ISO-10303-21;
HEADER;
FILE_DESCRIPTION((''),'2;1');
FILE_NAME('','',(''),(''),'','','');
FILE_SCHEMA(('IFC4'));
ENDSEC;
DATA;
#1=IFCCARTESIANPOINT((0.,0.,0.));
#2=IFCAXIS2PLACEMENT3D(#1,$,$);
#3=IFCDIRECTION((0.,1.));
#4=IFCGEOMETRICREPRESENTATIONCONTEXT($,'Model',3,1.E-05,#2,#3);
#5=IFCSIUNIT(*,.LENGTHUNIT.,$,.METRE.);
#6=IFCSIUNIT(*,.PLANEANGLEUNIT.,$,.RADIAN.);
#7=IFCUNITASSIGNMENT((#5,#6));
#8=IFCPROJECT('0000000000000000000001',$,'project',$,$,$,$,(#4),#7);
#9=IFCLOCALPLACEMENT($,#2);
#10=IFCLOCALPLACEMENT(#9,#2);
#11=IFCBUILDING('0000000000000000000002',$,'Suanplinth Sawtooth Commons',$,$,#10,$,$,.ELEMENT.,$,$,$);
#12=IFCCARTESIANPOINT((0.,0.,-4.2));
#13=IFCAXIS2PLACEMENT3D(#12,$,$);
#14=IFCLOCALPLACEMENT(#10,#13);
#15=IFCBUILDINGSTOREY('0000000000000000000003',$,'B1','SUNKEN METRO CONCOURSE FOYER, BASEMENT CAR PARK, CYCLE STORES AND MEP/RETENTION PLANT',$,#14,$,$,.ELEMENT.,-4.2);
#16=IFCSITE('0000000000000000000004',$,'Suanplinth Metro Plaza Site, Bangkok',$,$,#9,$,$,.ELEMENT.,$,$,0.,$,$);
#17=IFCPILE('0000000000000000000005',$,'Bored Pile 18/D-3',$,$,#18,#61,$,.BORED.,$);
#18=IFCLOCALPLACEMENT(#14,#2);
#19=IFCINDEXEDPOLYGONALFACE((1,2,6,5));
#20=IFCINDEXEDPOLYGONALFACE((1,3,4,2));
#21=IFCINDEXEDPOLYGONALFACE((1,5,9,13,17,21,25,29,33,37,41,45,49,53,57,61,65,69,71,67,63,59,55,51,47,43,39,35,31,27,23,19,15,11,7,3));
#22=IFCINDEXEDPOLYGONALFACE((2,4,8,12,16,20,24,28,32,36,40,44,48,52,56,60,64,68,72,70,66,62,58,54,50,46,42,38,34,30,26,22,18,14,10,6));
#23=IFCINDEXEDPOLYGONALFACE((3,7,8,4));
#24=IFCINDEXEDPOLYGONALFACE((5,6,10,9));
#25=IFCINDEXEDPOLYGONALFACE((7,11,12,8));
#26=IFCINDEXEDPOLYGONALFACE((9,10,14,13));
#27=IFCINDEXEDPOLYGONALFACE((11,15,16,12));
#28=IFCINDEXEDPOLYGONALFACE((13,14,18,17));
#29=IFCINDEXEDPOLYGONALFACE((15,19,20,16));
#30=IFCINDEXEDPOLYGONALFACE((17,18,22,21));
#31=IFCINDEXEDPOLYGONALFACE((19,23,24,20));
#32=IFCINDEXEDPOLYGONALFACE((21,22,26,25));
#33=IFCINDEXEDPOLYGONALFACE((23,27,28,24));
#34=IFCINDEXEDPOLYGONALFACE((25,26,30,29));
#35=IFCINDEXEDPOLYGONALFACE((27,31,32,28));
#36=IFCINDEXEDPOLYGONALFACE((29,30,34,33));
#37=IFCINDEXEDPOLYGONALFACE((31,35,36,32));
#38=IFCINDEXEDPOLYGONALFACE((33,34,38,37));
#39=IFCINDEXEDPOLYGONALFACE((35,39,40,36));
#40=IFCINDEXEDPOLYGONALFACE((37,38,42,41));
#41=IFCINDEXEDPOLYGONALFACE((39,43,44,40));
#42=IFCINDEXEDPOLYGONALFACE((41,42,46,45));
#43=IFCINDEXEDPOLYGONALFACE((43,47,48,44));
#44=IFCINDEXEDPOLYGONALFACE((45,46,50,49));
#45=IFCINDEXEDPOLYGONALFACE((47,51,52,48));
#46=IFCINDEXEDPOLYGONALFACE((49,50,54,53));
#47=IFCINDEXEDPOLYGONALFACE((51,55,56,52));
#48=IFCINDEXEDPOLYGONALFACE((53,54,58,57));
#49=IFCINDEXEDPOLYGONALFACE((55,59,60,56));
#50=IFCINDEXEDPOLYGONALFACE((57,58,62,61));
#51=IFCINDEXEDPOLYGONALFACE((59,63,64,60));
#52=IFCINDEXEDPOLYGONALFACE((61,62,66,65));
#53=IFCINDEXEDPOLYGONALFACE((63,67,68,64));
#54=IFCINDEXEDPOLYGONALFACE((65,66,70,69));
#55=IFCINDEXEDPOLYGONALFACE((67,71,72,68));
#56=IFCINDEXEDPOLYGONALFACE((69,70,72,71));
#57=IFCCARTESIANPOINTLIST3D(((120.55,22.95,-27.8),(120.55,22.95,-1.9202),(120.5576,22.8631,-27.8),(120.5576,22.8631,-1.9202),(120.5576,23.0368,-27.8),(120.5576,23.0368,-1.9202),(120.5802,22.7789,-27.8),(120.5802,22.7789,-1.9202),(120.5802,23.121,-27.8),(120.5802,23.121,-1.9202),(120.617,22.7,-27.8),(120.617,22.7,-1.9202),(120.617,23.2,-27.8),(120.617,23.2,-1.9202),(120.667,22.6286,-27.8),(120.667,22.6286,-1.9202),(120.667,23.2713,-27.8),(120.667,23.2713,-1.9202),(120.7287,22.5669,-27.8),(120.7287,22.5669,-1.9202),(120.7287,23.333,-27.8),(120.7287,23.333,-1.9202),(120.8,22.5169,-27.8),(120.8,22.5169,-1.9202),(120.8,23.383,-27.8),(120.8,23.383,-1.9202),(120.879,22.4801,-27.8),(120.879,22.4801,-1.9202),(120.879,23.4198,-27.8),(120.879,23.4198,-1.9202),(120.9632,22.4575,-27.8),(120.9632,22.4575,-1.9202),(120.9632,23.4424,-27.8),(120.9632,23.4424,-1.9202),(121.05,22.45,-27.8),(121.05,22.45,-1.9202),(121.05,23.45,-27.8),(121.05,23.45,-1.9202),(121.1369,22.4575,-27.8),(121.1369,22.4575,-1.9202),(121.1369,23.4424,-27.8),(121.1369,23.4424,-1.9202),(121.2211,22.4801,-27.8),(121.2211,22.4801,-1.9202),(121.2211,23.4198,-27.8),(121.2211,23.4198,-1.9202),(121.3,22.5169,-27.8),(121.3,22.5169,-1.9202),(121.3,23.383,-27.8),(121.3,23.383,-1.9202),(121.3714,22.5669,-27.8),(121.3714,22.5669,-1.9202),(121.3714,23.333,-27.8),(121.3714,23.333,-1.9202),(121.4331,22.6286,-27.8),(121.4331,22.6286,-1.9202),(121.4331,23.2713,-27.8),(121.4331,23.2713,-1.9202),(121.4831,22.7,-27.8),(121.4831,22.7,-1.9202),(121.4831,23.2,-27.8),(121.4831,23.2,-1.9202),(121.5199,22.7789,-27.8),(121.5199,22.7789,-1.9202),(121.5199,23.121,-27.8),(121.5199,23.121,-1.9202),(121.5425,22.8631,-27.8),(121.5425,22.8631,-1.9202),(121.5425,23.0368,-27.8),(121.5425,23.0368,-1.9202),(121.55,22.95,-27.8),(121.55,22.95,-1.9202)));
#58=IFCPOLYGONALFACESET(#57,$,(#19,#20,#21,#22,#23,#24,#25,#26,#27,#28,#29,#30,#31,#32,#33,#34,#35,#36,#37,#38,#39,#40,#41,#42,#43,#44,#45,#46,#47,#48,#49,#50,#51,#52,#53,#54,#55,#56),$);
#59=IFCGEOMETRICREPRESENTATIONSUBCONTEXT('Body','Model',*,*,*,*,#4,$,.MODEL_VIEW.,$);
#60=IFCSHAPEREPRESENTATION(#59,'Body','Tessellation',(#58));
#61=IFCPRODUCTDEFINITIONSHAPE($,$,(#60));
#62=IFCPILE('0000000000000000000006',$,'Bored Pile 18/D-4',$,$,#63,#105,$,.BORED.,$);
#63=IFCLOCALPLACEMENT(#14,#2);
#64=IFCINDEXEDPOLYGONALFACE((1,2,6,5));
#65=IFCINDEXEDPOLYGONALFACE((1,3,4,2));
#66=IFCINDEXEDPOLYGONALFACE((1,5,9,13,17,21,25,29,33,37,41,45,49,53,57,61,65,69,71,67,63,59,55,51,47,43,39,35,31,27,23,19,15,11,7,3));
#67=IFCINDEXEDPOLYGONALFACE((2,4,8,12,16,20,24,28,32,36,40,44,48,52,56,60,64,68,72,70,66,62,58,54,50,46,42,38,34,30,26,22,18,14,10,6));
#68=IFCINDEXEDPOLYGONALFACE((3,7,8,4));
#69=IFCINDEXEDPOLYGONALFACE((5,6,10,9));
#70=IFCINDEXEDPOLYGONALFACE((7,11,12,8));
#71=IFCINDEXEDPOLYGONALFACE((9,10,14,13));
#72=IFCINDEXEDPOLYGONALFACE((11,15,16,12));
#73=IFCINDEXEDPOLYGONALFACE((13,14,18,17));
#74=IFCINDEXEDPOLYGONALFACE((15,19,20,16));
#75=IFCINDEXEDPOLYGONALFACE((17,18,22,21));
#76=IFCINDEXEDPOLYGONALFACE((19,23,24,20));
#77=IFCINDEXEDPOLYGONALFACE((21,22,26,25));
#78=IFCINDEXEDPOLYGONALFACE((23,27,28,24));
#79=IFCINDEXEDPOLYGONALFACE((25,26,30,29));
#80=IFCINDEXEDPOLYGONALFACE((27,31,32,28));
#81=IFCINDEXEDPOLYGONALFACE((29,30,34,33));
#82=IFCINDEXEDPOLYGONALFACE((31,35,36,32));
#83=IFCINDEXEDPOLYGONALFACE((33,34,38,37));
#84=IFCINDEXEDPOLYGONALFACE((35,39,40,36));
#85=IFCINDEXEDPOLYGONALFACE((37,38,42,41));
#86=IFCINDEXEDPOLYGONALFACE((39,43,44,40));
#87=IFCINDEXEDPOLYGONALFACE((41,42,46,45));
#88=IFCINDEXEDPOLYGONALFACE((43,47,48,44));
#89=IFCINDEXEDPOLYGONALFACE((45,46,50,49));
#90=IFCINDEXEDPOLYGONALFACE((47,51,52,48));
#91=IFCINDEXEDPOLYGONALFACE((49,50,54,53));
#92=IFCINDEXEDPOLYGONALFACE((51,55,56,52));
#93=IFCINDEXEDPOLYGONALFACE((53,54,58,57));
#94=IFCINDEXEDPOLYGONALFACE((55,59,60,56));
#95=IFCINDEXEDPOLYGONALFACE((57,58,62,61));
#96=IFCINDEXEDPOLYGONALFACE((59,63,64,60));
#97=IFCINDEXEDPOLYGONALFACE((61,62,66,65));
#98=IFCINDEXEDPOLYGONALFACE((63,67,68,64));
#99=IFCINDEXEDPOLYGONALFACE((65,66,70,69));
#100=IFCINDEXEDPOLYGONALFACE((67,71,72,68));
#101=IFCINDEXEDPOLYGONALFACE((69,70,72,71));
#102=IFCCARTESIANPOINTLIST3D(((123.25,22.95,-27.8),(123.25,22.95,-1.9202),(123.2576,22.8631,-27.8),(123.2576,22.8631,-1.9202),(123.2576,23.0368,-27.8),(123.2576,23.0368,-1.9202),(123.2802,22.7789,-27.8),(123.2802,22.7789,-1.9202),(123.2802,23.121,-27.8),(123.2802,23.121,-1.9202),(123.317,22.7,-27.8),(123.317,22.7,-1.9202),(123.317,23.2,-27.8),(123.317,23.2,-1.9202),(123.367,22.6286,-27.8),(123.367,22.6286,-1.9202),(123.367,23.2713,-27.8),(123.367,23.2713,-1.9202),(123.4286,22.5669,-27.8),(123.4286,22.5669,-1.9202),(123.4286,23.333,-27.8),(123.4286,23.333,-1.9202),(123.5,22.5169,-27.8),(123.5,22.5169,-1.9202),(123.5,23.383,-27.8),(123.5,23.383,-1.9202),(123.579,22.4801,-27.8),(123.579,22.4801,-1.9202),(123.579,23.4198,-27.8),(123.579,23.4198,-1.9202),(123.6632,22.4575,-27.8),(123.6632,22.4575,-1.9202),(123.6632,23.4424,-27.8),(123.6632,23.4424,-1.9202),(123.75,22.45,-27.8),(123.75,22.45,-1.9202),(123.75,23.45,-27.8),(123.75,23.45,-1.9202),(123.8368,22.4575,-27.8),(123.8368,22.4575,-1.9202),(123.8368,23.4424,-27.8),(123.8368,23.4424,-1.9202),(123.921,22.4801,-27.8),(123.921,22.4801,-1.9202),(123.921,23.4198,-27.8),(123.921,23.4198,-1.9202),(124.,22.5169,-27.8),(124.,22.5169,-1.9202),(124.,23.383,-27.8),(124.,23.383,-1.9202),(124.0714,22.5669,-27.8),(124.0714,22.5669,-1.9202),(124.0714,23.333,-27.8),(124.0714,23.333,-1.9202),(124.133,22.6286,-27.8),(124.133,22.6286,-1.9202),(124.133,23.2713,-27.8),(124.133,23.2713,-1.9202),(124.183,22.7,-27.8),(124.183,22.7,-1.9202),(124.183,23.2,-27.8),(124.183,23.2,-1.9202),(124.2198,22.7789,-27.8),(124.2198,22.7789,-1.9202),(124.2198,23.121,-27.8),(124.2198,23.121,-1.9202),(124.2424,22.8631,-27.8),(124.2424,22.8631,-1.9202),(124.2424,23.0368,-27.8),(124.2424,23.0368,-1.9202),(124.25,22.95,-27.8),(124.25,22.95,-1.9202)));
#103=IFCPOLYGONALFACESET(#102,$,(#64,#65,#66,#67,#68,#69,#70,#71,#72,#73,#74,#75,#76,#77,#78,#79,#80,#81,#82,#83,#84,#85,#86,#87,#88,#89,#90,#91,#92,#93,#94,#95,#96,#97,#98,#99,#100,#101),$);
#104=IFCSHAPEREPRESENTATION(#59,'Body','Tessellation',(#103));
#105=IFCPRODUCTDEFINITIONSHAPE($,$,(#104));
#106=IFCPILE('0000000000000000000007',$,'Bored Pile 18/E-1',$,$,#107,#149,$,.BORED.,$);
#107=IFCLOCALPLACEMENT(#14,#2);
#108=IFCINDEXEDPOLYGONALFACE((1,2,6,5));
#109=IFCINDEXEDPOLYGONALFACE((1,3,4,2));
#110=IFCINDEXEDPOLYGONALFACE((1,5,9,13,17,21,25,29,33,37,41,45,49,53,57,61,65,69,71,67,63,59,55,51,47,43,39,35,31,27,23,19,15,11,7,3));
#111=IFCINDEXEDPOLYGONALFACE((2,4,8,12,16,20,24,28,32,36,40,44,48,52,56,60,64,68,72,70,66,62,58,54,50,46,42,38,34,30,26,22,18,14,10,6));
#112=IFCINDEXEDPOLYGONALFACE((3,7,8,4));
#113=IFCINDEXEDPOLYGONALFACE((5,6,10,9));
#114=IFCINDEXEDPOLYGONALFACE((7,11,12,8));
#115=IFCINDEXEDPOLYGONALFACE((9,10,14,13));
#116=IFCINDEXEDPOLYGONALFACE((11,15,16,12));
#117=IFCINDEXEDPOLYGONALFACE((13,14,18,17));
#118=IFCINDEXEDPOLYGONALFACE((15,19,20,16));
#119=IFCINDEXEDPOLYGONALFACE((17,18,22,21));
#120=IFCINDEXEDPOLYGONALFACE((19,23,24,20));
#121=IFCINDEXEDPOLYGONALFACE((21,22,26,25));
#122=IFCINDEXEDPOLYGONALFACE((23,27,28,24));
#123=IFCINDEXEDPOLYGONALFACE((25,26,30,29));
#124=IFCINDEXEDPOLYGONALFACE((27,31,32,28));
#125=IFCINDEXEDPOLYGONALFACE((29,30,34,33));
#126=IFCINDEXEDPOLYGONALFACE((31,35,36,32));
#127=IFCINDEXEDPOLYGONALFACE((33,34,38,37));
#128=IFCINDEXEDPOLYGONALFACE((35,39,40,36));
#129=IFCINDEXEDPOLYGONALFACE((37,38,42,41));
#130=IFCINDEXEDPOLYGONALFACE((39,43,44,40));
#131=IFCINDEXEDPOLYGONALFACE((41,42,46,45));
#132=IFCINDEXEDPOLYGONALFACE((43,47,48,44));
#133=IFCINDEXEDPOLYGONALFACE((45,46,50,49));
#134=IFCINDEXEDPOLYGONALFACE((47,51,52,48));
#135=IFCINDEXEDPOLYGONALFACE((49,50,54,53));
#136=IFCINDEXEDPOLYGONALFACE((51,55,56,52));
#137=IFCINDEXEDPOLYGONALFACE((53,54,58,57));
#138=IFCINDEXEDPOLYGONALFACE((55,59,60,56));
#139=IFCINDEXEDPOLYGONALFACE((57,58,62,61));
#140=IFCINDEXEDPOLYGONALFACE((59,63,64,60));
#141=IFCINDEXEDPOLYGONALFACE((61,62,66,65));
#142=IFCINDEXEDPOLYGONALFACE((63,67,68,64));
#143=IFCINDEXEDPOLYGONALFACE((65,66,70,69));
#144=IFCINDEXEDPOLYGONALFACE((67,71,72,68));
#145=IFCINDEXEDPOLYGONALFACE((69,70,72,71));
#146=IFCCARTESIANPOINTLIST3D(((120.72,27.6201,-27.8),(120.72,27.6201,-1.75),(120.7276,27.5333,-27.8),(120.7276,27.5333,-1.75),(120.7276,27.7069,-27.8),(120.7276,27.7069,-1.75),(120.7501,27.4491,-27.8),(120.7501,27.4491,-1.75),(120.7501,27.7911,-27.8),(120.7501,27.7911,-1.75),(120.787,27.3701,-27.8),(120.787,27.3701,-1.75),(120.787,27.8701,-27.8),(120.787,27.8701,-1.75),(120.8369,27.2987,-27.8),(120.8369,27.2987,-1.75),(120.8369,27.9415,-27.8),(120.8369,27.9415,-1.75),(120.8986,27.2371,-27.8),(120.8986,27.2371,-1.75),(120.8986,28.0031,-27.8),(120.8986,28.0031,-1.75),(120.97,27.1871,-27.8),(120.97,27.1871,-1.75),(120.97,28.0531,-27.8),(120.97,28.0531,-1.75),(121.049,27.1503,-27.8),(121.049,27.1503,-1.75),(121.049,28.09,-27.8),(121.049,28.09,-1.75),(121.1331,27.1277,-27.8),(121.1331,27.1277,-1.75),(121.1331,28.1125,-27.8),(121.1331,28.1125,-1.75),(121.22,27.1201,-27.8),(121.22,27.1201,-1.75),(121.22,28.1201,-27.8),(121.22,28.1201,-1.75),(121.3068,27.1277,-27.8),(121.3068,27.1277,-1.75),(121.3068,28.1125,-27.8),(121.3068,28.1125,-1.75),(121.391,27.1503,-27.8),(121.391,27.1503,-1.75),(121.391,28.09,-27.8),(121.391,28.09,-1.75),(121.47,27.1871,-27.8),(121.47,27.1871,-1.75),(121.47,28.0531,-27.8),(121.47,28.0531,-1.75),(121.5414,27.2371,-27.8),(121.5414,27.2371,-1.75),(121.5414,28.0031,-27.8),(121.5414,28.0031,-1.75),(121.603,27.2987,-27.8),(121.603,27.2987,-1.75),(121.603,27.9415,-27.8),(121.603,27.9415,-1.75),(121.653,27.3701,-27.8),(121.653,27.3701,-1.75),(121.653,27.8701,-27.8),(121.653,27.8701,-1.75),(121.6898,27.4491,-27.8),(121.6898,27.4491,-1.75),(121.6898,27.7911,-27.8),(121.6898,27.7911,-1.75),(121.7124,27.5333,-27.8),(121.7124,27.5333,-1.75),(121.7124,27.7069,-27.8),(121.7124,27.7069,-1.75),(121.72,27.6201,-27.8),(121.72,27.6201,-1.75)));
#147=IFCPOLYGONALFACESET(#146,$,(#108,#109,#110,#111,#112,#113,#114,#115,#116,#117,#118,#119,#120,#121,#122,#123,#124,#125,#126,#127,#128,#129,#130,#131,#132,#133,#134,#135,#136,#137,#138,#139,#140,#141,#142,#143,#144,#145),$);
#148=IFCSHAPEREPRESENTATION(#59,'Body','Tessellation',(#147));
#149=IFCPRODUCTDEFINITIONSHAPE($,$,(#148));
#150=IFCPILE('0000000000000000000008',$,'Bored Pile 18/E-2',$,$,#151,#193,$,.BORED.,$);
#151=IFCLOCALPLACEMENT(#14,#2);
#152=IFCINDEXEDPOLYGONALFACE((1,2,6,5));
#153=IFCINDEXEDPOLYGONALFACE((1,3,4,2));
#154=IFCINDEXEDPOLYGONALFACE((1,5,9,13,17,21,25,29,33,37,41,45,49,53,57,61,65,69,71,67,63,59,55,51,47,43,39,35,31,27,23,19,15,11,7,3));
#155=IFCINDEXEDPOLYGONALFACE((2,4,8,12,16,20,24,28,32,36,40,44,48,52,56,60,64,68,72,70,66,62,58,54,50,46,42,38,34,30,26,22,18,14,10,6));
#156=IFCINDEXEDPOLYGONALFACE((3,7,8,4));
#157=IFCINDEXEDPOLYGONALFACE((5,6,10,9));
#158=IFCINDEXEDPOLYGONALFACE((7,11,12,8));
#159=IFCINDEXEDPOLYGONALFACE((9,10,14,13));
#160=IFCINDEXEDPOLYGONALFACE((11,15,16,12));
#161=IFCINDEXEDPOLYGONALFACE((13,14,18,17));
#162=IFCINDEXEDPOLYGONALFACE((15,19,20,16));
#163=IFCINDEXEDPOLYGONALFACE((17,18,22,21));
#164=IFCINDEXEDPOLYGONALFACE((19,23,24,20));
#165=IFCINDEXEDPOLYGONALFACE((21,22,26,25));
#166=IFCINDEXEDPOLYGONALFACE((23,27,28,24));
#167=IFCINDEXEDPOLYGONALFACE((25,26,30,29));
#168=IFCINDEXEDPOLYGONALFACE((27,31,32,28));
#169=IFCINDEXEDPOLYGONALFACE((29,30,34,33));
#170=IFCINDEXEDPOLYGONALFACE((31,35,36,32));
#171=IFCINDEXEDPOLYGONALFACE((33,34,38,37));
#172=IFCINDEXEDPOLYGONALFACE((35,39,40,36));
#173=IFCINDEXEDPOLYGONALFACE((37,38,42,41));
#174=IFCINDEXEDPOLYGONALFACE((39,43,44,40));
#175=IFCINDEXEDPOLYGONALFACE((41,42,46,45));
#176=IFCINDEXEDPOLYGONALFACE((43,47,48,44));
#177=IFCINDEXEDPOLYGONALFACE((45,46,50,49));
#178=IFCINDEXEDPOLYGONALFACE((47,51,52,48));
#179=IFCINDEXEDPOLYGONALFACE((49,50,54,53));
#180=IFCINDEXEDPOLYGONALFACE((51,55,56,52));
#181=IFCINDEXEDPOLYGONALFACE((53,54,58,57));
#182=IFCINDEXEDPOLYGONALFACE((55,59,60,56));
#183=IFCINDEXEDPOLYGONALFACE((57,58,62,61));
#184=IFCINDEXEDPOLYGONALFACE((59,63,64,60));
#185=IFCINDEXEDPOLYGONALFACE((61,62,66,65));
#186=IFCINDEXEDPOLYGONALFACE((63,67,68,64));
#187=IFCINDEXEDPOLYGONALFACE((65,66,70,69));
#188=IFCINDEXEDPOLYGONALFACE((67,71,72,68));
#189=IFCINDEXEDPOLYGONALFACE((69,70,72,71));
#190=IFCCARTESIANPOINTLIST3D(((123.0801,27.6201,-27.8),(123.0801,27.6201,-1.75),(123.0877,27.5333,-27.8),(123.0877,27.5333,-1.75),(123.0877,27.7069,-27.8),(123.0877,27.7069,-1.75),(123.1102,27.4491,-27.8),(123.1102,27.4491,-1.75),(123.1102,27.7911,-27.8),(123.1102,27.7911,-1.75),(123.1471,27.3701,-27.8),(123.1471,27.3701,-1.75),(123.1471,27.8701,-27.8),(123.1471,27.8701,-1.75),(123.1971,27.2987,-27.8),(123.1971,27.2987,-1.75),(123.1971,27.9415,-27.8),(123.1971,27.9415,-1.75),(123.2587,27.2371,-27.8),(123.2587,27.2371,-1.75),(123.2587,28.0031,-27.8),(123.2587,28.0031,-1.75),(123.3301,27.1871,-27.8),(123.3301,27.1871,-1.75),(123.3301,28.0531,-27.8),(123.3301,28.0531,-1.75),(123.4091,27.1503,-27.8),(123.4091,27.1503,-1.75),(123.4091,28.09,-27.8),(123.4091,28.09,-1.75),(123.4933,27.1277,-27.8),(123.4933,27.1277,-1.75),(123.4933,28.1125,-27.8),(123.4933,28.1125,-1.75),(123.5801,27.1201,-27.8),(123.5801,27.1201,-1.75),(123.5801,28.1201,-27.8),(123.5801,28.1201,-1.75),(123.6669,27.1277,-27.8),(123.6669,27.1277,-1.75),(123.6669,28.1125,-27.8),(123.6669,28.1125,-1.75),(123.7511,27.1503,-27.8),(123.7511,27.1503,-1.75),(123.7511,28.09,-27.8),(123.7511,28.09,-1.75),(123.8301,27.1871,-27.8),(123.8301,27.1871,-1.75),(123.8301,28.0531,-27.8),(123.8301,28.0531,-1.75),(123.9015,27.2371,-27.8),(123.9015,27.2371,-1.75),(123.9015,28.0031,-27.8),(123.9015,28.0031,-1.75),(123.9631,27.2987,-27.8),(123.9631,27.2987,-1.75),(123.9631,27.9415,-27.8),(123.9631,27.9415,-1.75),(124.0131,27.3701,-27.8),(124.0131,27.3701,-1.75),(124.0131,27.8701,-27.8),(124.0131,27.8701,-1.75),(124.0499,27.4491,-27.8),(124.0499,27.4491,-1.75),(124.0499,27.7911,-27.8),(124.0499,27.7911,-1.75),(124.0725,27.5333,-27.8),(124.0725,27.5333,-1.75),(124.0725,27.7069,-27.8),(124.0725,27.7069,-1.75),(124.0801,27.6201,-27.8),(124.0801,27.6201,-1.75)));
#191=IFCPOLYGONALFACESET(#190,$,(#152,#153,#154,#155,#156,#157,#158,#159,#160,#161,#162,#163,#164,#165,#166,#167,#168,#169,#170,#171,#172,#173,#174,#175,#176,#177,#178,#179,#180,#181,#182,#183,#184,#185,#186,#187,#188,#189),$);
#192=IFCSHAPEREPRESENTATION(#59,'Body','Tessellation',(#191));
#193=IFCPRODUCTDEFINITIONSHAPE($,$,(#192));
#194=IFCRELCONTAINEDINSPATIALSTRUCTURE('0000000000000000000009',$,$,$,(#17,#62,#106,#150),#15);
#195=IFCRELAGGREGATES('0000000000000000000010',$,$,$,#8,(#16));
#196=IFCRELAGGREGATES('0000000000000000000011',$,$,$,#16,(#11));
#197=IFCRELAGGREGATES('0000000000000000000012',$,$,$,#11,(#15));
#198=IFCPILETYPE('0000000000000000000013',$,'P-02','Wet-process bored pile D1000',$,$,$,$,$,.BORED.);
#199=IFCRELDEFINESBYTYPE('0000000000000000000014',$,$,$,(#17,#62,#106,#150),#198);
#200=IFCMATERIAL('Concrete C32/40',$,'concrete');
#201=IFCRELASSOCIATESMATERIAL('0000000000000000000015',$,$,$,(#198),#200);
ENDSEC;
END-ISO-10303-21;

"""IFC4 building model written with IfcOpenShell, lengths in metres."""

from ifc_helpers import new_model, si_unit, direction, frame, origin, origin_2d, place, context, subcontext, project, spatial, circle, extrude, material, material_profile, profile_set, type_object, element, save


model = new_model("IFC4")

# Units and contexts
model_context = context("Model", 3, precision=1e-05, world=origin(), true_north=direction((0.0, 1.0)))
body_context = subcontext(model_context, "Body", "Model", "MODEL_VIEW")
ifc_project = project(units=[si_unit("LENGTHUNIT", "METRE"), si_unit("PLANEANGLEUNIT", "RADIAN")], contexts=[model_context])

# Site, building, storey
site_placement = place(None, origin())
site = spatial("IfcSite", under=ifc_project, at=site_placement, Name="Suanplinth Metro Plaza Site, Bangkok", CompositionType="ELEMENT", RefElevation=0.0)
building_placement = place(site_placement, origin())
building = spatial("IfcBuilding", under=site, at=building_placement, Name="Suanplinth Sawtooth Commons", CompositionType="ELEMENT")
storey_placement = place(building_placement, frame((0.0, 0.0, -4.2)))
storey = spatial("IfcBuildingStorey", under=building, at=storey_placement, Name="B1", Description="SUNKEN METRO CONCOURSE FOYER, BASEMENT CAR PARK, CYCLE STORES AND MEP/RETENTION PLANT", CompositionType="ELEMENT", Elevation=-4.2)

# Piles
ifc_material_1 = material(Name="Concrete C32/40", Category="concrete")
ifc_material_profile_1 = material_profile(ifc_material_1, circle(Radius=0.5, at=origin_2d()), Name="PILE D1000")
ifc_profile_set_1 = profile_set([ifc_material_profile_1], Name="Concrete C32/40")
pile_type = type_object("IfcPileType", Name="P-02", Description="Wet-process bored pile D1000", PredefinedType="BORED", material=ifc_profile_set_1)
for number, where, z_axis, x_axis, name in (
    (1, (121.05, 22.95, -1.9202), (0.0, 0.0, -1.0), (1.0, 0.0, 0.0), "Bored Pile 18/D-3"),
    (2, (123.75, 22.95, -1.9202), (0.0, 0.0, -1.0), (1.0, 0.0, 0.0), "Bored Pile 18/D-4"),
):
    element("IfcPile", number, at=place(storey_placement, frame(where, z_axis=z_axis, x_axis=x_axis)), inside=storey, type_object=pile_type, Name=name, PredefinedType="BORED", context=body_context, shape_type="SweptSolid", body=[
        extrude(circle(Radius=0.5, at=origin_2d()), origin(), (0.0, 0.0, 1.0), 25.8799),
    ])
for number, where, z_axis, x_axis, name in (
    (3, (121.22, 27.6201, -1.75), (0.0, 0.0, -1.0), (1.0, 0.0, 0.0), "Bored Pile 18/E-1"),
    (4, (123.5801, 27.6201, -1.75), (0.0, 0.0, -1.0), (1.0, 0.0, 0.0), "Bored Pile 18/E-2"),
):
    element("IfcPile", number, at=place(storey_placement, frame(where, z_axis=z_axis, x_axis=x_axis)), inside=storey, type_object=pile_type, Name=name, PredefinedType="BORED", context=body_context, shape_type="SweptSolid", body=[
        extrude(circle(Radius=0.5, at=origin_2d()), origin(), (0.0, 0.0, 1.0), 26.05),
    ])

save(model, "model.ifc")
